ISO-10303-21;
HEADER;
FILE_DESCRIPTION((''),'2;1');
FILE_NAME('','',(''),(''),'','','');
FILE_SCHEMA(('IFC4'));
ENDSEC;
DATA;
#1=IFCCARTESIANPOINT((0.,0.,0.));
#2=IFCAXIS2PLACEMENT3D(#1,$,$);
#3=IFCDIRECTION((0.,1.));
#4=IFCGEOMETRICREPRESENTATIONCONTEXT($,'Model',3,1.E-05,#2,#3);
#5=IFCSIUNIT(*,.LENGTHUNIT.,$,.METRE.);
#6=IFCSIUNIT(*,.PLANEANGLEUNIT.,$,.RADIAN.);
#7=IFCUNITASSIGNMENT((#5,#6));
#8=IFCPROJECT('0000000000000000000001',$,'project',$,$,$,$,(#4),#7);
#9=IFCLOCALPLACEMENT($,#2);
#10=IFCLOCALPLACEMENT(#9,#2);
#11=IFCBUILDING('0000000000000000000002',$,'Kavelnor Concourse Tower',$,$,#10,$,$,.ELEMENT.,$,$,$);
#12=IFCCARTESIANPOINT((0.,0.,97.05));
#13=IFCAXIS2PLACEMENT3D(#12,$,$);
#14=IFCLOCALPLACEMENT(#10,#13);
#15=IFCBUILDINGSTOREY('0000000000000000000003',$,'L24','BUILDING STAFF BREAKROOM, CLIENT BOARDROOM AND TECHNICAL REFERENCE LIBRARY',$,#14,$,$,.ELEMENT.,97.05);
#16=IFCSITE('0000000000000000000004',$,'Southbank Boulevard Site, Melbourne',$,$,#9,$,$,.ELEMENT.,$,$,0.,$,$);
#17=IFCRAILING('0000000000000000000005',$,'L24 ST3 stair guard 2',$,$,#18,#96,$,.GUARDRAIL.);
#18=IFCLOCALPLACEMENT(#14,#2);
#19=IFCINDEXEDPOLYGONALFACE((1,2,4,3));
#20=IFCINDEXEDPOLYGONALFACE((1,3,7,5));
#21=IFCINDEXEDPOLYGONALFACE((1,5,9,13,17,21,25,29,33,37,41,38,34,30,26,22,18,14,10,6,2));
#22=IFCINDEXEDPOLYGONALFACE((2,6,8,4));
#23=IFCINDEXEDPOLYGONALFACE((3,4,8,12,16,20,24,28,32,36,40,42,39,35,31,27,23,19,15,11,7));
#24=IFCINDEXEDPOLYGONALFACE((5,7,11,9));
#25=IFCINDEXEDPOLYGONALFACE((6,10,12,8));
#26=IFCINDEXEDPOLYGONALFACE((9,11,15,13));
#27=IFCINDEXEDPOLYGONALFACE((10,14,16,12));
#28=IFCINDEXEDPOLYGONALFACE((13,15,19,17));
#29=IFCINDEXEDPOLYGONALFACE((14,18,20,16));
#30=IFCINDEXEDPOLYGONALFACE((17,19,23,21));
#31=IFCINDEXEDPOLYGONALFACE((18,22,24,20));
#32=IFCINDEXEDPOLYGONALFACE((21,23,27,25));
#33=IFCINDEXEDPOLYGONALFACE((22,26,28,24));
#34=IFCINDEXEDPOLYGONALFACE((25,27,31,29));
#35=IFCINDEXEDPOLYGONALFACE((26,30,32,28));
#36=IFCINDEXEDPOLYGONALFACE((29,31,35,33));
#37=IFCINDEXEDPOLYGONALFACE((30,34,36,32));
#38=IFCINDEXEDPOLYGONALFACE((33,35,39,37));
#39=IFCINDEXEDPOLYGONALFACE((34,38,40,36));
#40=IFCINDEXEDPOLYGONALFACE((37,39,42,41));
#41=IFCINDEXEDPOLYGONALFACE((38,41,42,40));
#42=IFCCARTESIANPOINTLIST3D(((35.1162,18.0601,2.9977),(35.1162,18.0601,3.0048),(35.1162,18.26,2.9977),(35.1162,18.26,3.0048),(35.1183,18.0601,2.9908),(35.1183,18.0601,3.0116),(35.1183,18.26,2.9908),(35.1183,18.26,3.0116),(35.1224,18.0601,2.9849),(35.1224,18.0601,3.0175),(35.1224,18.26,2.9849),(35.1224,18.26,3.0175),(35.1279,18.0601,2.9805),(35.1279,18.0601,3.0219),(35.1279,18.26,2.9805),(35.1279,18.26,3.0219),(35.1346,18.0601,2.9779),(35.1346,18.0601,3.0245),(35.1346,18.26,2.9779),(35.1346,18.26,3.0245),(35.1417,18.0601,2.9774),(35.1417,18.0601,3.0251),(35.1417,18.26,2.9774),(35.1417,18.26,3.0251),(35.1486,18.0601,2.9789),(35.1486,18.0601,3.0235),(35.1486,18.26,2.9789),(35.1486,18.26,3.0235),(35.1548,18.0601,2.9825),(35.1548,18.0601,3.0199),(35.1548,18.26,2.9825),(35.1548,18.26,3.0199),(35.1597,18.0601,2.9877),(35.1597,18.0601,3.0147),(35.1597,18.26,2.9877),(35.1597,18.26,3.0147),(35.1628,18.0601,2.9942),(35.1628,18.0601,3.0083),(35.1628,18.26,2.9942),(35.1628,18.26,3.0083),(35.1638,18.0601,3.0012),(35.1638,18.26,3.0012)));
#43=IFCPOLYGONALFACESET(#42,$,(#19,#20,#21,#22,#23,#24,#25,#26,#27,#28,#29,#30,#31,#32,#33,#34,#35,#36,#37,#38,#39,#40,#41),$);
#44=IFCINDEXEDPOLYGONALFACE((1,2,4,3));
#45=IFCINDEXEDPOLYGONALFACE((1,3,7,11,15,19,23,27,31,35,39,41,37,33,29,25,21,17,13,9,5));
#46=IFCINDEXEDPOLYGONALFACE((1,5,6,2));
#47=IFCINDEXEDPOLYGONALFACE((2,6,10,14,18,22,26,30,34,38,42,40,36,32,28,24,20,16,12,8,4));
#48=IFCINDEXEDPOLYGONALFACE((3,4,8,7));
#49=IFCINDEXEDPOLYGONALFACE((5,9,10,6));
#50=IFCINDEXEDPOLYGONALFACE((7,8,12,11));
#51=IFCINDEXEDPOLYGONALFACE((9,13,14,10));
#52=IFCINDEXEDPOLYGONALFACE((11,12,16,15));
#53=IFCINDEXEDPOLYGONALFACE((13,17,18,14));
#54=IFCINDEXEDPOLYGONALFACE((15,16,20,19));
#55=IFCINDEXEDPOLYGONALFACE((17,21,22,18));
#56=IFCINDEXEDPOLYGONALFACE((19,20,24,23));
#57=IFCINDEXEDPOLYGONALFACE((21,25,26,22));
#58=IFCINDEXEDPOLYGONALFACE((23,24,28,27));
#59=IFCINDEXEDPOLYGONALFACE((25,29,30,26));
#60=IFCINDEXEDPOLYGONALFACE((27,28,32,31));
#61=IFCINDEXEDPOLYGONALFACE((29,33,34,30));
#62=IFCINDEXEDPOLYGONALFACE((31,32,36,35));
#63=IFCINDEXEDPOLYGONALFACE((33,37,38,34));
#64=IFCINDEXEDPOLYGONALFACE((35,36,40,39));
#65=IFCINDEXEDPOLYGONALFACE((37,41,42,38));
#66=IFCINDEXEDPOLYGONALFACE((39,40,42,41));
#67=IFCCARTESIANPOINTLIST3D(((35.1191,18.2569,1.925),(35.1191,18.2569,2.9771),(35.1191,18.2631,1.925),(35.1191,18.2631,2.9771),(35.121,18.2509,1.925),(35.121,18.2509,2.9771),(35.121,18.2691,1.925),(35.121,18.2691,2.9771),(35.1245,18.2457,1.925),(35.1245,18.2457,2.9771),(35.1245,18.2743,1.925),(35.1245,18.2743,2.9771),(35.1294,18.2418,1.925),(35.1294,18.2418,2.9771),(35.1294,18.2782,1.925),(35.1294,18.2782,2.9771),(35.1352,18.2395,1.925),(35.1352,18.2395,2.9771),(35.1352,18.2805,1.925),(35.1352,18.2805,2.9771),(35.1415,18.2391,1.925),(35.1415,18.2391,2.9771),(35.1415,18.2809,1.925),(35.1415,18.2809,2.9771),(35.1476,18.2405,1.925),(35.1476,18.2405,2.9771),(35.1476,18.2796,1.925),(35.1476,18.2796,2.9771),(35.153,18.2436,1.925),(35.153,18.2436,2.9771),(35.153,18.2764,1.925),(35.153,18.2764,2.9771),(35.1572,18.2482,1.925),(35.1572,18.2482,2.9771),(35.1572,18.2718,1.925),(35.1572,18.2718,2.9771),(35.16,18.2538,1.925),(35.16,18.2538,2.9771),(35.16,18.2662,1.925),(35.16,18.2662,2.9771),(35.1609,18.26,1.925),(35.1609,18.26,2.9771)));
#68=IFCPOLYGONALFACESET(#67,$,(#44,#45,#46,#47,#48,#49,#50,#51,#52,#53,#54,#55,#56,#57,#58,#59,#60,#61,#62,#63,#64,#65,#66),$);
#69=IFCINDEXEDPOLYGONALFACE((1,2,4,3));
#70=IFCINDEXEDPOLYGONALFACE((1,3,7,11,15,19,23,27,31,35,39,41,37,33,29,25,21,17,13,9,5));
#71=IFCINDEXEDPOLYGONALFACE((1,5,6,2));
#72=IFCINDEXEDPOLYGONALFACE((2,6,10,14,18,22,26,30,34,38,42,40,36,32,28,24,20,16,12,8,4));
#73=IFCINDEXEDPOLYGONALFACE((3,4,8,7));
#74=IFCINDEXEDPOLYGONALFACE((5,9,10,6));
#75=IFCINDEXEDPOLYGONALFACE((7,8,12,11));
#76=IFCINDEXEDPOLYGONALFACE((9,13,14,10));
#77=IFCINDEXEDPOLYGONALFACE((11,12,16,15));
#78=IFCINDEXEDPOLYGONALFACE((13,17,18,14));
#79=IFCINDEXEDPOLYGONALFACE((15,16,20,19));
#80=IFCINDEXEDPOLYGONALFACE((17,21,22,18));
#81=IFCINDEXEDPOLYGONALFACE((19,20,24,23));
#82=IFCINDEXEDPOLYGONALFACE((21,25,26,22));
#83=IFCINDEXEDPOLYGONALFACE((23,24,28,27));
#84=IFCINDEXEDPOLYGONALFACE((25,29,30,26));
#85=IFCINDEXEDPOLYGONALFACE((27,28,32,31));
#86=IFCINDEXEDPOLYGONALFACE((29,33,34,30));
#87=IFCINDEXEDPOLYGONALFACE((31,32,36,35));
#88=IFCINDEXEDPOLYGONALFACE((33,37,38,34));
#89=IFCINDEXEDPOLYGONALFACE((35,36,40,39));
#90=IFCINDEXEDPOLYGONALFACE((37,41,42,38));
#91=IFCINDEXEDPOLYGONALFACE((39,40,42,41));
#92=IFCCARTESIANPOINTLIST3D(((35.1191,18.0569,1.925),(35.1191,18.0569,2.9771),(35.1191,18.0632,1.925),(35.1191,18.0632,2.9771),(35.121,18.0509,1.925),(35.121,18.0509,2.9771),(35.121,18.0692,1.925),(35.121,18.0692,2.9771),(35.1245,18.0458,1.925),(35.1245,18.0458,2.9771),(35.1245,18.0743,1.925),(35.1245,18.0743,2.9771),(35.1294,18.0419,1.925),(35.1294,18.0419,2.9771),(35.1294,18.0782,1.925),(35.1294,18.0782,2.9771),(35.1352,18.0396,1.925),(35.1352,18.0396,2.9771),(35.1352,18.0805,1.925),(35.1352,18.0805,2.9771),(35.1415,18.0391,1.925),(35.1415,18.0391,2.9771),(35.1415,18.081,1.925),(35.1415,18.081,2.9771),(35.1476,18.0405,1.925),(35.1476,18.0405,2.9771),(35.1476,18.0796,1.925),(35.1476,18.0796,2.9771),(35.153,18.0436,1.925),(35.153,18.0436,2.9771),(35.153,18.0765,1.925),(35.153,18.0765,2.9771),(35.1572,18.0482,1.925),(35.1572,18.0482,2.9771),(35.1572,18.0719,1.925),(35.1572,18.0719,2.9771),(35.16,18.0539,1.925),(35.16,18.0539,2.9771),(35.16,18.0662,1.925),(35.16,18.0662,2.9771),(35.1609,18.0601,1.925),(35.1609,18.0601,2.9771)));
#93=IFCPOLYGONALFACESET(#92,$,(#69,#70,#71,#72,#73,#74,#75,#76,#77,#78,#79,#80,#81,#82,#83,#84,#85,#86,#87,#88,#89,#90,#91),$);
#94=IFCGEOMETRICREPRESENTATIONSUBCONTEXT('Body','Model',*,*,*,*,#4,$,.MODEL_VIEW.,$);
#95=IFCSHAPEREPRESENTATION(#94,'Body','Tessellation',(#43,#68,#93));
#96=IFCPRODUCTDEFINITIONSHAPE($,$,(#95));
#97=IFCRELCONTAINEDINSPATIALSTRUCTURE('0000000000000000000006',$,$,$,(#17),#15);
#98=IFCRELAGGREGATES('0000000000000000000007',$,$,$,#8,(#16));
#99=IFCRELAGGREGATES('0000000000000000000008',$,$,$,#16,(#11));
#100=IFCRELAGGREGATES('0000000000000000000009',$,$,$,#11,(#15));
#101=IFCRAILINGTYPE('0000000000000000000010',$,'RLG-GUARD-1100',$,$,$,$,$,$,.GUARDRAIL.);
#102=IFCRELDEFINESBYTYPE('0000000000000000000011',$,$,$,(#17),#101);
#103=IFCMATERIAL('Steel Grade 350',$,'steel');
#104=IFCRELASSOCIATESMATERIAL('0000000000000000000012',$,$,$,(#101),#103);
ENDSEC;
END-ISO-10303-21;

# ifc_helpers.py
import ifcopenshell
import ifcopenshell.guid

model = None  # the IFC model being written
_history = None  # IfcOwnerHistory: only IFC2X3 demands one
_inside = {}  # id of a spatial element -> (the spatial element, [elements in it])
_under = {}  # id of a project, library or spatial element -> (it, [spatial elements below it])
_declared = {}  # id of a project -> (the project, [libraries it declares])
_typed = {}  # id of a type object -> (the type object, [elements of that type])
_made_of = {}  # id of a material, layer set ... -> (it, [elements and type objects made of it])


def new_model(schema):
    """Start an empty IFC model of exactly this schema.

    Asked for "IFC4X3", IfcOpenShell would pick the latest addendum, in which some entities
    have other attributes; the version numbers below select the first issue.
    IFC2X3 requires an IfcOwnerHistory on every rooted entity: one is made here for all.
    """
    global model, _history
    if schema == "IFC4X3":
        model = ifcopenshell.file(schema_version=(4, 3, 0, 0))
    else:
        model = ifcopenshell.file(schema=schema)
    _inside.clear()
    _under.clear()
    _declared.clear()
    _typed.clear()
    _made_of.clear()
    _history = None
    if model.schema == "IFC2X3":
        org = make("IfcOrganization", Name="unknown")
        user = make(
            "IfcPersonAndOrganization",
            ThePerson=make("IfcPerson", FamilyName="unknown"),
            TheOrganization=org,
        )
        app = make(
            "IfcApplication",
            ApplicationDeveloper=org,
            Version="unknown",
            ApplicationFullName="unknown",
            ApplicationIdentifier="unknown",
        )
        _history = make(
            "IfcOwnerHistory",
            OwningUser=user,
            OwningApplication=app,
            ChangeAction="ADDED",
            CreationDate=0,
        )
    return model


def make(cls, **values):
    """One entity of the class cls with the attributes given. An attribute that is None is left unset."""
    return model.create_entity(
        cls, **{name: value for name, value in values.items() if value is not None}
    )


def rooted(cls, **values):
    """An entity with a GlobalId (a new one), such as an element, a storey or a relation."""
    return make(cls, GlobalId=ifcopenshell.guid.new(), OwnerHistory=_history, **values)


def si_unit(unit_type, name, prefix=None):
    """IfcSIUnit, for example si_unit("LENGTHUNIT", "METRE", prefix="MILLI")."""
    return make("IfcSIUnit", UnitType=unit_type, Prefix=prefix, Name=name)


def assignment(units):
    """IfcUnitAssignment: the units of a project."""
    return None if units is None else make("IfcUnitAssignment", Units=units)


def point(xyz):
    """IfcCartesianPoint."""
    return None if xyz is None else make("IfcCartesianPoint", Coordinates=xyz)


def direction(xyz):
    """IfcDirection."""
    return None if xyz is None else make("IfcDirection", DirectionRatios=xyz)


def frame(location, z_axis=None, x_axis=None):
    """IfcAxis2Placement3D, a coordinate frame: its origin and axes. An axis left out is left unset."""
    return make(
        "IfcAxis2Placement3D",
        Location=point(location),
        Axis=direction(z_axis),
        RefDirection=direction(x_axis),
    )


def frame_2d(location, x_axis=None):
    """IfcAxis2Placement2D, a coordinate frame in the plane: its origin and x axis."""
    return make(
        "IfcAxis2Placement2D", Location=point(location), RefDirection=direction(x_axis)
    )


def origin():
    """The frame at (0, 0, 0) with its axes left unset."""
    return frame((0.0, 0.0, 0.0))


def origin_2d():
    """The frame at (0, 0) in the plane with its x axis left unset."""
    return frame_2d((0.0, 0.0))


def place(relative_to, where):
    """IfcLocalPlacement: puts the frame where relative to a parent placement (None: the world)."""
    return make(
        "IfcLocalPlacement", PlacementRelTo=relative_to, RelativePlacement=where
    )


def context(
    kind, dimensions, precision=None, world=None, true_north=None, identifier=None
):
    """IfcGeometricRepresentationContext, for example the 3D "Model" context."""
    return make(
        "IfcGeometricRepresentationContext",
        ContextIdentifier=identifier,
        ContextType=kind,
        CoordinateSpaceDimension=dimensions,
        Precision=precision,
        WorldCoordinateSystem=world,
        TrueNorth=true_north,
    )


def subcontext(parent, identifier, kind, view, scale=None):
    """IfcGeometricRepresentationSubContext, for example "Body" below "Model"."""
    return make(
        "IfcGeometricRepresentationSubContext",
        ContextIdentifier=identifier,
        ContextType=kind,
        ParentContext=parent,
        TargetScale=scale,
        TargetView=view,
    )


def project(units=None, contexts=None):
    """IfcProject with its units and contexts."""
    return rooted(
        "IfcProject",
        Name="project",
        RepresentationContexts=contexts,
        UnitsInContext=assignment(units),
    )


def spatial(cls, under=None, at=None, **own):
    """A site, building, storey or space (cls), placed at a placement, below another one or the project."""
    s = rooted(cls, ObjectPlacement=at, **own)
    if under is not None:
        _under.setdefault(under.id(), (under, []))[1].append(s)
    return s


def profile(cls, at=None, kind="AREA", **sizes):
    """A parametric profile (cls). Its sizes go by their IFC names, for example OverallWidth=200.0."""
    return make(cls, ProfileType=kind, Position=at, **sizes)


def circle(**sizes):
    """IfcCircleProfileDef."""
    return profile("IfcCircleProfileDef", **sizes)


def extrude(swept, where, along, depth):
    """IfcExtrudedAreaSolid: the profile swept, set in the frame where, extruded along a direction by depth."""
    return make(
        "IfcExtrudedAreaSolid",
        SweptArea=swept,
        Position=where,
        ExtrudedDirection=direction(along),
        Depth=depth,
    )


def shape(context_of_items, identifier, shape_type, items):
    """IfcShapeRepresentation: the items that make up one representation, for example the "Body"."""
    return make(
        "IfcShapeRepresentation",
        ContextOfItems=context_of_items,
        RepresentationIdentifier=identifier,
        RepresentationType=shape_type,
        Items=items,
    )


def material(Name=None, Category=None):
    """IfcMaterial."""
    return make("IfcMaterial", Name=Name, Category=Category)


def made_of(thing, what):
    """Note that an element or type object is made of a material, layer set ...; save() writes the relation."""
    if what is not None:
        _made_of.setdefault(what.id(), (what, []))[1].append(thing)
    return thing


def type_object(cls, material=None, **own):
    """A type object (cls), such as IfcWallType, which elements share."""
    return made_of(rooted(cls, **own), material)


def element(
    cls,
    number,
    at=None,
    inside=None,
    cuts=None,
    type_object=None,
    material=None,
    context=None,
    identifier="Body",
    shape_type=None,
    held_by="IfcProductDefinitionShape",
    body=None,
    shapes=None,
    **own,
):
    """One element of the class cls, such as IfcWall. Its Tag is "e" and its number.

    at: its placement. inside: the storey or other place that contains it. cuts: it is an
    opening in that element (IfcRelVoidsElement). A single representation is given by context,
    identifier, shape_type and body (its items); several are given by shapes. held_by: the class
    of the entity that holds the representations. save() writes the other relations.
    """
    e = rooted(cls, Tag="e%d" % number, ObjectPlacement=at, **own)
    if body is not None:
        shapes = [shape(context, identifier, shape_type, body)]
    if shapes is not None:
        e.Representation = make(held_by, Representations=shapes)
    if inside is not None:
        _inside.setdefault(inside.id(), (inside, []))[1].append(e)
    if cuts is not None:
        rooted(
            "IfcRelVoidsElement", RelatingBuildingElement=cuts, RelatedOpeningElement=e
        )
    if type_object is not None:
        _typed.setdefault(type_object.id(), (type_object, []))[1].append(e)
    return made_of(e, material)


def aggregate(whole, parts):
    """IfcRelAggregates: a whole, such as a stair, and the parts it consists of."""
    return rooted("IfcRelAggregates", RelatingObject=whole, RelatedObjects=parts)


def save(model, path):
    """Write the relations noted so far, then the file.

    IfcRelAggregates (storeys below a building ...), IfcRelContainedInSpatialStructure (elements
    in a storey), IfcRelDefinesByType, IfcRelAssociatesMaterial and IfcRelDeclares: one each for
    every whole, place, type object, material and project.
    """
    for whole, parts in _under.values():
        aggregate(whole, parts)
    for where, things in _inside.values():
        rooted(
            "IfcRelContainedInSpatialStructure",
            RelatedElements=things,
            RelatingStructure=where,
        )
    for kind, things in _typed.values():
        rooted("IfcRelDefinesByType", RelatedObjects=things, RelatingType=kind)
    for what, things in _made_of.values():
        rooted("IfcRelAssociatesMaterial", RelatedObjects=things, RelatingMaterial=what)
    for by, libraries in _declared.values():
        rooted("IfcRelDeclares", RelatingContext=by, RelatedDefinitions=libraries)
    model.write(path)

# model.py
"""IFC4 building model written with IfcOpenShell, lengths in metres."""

from ifc_helpers import new_model, si_unit, direction, frame, origin, origin_2d, place, context, subcontext, project, spatial, circle, extrude, material, type_object, element, save


model = new_model("IFC4")

# Units and contexts
model_context = context("Model", 3, precision=1e-05, world=origin(), true_north=direction((0.0, 1.0)))
body_context = subcontext(model_context, "Body", "Model", "MODEL_VIEW")
ifc_project = project(units=[si_unit("LENGTHUNIT", "METRE"), si_unit("PLANEANGLEUNIT", "RADIAN")], contexts=[model_context])

# Site, building, storey
site_placement = place(None, origin())
site = spatial("IfcSite", under=ifc_project, at=site_placement, Name="Southbank Boulevard Site, Melbourne", CompositionType="ELEMENT", RefElevation=0.0)
building_placement = place(site_placement, origin())
building = spatial("IfcBuilding", under=site, at=building_placement, Name="Kavelnor Concourse Tower", CompositionType="ELEMENT")
storey_placement = place(building_placement, frame((0.0, 0.0, 97.05)))
storey = spatial("IfcBuildingStorey", under=building, at=storey_placement, Name="L24", Description="BUILDING STAFF BREAKROOM, CLIENT BOARDROOM AND TECHNICAL REFERENCE LIBRARY", CompositionType="ELEMENT", Elevation=97.05)

# Shared definitions
ifc_material_1 = material(Name="Steel Grade 350", Category="steel")

# Railing
railing_type_1 = type_object("IfcRailingType", Name="RLG-GUARD-1100", PredefinedType="GUARDRAIL", material=ifc_material_1)
railing_1_placement = place(storey_placement, frame((35.1399, 18.26, 1.925)))
element("IfcRailing", 1, at=railing_1_placement, inside=storey, type_object=railing_type_1, Name="L24 ST3 stair guard 2", PredefinedType="GUARDRAIL", context=body_context, shape_type="SweptSolid", body=[
    extrude(circle(Radius=0.0239, at=origin_2d()), frame((0.0, 0.0, 1.0762), z_axis=(0.0, -1.0, 0.0), x_axis=(1.0, 0.0, 0.0)), (0.0, 0.0, 1.0), 0.2),
    extrude(circle(Radius=0.021, at=origin_2d()), origin(), (0.0, 0.0, 1.0), 1.052),
    extrude(circle(Radius=0.021, at=origin_2d()), frame((0.0, -0.2, 0.0)), (0.0, 0.0, 1.0), 1.052),
])

save(model, "model.ifc")
